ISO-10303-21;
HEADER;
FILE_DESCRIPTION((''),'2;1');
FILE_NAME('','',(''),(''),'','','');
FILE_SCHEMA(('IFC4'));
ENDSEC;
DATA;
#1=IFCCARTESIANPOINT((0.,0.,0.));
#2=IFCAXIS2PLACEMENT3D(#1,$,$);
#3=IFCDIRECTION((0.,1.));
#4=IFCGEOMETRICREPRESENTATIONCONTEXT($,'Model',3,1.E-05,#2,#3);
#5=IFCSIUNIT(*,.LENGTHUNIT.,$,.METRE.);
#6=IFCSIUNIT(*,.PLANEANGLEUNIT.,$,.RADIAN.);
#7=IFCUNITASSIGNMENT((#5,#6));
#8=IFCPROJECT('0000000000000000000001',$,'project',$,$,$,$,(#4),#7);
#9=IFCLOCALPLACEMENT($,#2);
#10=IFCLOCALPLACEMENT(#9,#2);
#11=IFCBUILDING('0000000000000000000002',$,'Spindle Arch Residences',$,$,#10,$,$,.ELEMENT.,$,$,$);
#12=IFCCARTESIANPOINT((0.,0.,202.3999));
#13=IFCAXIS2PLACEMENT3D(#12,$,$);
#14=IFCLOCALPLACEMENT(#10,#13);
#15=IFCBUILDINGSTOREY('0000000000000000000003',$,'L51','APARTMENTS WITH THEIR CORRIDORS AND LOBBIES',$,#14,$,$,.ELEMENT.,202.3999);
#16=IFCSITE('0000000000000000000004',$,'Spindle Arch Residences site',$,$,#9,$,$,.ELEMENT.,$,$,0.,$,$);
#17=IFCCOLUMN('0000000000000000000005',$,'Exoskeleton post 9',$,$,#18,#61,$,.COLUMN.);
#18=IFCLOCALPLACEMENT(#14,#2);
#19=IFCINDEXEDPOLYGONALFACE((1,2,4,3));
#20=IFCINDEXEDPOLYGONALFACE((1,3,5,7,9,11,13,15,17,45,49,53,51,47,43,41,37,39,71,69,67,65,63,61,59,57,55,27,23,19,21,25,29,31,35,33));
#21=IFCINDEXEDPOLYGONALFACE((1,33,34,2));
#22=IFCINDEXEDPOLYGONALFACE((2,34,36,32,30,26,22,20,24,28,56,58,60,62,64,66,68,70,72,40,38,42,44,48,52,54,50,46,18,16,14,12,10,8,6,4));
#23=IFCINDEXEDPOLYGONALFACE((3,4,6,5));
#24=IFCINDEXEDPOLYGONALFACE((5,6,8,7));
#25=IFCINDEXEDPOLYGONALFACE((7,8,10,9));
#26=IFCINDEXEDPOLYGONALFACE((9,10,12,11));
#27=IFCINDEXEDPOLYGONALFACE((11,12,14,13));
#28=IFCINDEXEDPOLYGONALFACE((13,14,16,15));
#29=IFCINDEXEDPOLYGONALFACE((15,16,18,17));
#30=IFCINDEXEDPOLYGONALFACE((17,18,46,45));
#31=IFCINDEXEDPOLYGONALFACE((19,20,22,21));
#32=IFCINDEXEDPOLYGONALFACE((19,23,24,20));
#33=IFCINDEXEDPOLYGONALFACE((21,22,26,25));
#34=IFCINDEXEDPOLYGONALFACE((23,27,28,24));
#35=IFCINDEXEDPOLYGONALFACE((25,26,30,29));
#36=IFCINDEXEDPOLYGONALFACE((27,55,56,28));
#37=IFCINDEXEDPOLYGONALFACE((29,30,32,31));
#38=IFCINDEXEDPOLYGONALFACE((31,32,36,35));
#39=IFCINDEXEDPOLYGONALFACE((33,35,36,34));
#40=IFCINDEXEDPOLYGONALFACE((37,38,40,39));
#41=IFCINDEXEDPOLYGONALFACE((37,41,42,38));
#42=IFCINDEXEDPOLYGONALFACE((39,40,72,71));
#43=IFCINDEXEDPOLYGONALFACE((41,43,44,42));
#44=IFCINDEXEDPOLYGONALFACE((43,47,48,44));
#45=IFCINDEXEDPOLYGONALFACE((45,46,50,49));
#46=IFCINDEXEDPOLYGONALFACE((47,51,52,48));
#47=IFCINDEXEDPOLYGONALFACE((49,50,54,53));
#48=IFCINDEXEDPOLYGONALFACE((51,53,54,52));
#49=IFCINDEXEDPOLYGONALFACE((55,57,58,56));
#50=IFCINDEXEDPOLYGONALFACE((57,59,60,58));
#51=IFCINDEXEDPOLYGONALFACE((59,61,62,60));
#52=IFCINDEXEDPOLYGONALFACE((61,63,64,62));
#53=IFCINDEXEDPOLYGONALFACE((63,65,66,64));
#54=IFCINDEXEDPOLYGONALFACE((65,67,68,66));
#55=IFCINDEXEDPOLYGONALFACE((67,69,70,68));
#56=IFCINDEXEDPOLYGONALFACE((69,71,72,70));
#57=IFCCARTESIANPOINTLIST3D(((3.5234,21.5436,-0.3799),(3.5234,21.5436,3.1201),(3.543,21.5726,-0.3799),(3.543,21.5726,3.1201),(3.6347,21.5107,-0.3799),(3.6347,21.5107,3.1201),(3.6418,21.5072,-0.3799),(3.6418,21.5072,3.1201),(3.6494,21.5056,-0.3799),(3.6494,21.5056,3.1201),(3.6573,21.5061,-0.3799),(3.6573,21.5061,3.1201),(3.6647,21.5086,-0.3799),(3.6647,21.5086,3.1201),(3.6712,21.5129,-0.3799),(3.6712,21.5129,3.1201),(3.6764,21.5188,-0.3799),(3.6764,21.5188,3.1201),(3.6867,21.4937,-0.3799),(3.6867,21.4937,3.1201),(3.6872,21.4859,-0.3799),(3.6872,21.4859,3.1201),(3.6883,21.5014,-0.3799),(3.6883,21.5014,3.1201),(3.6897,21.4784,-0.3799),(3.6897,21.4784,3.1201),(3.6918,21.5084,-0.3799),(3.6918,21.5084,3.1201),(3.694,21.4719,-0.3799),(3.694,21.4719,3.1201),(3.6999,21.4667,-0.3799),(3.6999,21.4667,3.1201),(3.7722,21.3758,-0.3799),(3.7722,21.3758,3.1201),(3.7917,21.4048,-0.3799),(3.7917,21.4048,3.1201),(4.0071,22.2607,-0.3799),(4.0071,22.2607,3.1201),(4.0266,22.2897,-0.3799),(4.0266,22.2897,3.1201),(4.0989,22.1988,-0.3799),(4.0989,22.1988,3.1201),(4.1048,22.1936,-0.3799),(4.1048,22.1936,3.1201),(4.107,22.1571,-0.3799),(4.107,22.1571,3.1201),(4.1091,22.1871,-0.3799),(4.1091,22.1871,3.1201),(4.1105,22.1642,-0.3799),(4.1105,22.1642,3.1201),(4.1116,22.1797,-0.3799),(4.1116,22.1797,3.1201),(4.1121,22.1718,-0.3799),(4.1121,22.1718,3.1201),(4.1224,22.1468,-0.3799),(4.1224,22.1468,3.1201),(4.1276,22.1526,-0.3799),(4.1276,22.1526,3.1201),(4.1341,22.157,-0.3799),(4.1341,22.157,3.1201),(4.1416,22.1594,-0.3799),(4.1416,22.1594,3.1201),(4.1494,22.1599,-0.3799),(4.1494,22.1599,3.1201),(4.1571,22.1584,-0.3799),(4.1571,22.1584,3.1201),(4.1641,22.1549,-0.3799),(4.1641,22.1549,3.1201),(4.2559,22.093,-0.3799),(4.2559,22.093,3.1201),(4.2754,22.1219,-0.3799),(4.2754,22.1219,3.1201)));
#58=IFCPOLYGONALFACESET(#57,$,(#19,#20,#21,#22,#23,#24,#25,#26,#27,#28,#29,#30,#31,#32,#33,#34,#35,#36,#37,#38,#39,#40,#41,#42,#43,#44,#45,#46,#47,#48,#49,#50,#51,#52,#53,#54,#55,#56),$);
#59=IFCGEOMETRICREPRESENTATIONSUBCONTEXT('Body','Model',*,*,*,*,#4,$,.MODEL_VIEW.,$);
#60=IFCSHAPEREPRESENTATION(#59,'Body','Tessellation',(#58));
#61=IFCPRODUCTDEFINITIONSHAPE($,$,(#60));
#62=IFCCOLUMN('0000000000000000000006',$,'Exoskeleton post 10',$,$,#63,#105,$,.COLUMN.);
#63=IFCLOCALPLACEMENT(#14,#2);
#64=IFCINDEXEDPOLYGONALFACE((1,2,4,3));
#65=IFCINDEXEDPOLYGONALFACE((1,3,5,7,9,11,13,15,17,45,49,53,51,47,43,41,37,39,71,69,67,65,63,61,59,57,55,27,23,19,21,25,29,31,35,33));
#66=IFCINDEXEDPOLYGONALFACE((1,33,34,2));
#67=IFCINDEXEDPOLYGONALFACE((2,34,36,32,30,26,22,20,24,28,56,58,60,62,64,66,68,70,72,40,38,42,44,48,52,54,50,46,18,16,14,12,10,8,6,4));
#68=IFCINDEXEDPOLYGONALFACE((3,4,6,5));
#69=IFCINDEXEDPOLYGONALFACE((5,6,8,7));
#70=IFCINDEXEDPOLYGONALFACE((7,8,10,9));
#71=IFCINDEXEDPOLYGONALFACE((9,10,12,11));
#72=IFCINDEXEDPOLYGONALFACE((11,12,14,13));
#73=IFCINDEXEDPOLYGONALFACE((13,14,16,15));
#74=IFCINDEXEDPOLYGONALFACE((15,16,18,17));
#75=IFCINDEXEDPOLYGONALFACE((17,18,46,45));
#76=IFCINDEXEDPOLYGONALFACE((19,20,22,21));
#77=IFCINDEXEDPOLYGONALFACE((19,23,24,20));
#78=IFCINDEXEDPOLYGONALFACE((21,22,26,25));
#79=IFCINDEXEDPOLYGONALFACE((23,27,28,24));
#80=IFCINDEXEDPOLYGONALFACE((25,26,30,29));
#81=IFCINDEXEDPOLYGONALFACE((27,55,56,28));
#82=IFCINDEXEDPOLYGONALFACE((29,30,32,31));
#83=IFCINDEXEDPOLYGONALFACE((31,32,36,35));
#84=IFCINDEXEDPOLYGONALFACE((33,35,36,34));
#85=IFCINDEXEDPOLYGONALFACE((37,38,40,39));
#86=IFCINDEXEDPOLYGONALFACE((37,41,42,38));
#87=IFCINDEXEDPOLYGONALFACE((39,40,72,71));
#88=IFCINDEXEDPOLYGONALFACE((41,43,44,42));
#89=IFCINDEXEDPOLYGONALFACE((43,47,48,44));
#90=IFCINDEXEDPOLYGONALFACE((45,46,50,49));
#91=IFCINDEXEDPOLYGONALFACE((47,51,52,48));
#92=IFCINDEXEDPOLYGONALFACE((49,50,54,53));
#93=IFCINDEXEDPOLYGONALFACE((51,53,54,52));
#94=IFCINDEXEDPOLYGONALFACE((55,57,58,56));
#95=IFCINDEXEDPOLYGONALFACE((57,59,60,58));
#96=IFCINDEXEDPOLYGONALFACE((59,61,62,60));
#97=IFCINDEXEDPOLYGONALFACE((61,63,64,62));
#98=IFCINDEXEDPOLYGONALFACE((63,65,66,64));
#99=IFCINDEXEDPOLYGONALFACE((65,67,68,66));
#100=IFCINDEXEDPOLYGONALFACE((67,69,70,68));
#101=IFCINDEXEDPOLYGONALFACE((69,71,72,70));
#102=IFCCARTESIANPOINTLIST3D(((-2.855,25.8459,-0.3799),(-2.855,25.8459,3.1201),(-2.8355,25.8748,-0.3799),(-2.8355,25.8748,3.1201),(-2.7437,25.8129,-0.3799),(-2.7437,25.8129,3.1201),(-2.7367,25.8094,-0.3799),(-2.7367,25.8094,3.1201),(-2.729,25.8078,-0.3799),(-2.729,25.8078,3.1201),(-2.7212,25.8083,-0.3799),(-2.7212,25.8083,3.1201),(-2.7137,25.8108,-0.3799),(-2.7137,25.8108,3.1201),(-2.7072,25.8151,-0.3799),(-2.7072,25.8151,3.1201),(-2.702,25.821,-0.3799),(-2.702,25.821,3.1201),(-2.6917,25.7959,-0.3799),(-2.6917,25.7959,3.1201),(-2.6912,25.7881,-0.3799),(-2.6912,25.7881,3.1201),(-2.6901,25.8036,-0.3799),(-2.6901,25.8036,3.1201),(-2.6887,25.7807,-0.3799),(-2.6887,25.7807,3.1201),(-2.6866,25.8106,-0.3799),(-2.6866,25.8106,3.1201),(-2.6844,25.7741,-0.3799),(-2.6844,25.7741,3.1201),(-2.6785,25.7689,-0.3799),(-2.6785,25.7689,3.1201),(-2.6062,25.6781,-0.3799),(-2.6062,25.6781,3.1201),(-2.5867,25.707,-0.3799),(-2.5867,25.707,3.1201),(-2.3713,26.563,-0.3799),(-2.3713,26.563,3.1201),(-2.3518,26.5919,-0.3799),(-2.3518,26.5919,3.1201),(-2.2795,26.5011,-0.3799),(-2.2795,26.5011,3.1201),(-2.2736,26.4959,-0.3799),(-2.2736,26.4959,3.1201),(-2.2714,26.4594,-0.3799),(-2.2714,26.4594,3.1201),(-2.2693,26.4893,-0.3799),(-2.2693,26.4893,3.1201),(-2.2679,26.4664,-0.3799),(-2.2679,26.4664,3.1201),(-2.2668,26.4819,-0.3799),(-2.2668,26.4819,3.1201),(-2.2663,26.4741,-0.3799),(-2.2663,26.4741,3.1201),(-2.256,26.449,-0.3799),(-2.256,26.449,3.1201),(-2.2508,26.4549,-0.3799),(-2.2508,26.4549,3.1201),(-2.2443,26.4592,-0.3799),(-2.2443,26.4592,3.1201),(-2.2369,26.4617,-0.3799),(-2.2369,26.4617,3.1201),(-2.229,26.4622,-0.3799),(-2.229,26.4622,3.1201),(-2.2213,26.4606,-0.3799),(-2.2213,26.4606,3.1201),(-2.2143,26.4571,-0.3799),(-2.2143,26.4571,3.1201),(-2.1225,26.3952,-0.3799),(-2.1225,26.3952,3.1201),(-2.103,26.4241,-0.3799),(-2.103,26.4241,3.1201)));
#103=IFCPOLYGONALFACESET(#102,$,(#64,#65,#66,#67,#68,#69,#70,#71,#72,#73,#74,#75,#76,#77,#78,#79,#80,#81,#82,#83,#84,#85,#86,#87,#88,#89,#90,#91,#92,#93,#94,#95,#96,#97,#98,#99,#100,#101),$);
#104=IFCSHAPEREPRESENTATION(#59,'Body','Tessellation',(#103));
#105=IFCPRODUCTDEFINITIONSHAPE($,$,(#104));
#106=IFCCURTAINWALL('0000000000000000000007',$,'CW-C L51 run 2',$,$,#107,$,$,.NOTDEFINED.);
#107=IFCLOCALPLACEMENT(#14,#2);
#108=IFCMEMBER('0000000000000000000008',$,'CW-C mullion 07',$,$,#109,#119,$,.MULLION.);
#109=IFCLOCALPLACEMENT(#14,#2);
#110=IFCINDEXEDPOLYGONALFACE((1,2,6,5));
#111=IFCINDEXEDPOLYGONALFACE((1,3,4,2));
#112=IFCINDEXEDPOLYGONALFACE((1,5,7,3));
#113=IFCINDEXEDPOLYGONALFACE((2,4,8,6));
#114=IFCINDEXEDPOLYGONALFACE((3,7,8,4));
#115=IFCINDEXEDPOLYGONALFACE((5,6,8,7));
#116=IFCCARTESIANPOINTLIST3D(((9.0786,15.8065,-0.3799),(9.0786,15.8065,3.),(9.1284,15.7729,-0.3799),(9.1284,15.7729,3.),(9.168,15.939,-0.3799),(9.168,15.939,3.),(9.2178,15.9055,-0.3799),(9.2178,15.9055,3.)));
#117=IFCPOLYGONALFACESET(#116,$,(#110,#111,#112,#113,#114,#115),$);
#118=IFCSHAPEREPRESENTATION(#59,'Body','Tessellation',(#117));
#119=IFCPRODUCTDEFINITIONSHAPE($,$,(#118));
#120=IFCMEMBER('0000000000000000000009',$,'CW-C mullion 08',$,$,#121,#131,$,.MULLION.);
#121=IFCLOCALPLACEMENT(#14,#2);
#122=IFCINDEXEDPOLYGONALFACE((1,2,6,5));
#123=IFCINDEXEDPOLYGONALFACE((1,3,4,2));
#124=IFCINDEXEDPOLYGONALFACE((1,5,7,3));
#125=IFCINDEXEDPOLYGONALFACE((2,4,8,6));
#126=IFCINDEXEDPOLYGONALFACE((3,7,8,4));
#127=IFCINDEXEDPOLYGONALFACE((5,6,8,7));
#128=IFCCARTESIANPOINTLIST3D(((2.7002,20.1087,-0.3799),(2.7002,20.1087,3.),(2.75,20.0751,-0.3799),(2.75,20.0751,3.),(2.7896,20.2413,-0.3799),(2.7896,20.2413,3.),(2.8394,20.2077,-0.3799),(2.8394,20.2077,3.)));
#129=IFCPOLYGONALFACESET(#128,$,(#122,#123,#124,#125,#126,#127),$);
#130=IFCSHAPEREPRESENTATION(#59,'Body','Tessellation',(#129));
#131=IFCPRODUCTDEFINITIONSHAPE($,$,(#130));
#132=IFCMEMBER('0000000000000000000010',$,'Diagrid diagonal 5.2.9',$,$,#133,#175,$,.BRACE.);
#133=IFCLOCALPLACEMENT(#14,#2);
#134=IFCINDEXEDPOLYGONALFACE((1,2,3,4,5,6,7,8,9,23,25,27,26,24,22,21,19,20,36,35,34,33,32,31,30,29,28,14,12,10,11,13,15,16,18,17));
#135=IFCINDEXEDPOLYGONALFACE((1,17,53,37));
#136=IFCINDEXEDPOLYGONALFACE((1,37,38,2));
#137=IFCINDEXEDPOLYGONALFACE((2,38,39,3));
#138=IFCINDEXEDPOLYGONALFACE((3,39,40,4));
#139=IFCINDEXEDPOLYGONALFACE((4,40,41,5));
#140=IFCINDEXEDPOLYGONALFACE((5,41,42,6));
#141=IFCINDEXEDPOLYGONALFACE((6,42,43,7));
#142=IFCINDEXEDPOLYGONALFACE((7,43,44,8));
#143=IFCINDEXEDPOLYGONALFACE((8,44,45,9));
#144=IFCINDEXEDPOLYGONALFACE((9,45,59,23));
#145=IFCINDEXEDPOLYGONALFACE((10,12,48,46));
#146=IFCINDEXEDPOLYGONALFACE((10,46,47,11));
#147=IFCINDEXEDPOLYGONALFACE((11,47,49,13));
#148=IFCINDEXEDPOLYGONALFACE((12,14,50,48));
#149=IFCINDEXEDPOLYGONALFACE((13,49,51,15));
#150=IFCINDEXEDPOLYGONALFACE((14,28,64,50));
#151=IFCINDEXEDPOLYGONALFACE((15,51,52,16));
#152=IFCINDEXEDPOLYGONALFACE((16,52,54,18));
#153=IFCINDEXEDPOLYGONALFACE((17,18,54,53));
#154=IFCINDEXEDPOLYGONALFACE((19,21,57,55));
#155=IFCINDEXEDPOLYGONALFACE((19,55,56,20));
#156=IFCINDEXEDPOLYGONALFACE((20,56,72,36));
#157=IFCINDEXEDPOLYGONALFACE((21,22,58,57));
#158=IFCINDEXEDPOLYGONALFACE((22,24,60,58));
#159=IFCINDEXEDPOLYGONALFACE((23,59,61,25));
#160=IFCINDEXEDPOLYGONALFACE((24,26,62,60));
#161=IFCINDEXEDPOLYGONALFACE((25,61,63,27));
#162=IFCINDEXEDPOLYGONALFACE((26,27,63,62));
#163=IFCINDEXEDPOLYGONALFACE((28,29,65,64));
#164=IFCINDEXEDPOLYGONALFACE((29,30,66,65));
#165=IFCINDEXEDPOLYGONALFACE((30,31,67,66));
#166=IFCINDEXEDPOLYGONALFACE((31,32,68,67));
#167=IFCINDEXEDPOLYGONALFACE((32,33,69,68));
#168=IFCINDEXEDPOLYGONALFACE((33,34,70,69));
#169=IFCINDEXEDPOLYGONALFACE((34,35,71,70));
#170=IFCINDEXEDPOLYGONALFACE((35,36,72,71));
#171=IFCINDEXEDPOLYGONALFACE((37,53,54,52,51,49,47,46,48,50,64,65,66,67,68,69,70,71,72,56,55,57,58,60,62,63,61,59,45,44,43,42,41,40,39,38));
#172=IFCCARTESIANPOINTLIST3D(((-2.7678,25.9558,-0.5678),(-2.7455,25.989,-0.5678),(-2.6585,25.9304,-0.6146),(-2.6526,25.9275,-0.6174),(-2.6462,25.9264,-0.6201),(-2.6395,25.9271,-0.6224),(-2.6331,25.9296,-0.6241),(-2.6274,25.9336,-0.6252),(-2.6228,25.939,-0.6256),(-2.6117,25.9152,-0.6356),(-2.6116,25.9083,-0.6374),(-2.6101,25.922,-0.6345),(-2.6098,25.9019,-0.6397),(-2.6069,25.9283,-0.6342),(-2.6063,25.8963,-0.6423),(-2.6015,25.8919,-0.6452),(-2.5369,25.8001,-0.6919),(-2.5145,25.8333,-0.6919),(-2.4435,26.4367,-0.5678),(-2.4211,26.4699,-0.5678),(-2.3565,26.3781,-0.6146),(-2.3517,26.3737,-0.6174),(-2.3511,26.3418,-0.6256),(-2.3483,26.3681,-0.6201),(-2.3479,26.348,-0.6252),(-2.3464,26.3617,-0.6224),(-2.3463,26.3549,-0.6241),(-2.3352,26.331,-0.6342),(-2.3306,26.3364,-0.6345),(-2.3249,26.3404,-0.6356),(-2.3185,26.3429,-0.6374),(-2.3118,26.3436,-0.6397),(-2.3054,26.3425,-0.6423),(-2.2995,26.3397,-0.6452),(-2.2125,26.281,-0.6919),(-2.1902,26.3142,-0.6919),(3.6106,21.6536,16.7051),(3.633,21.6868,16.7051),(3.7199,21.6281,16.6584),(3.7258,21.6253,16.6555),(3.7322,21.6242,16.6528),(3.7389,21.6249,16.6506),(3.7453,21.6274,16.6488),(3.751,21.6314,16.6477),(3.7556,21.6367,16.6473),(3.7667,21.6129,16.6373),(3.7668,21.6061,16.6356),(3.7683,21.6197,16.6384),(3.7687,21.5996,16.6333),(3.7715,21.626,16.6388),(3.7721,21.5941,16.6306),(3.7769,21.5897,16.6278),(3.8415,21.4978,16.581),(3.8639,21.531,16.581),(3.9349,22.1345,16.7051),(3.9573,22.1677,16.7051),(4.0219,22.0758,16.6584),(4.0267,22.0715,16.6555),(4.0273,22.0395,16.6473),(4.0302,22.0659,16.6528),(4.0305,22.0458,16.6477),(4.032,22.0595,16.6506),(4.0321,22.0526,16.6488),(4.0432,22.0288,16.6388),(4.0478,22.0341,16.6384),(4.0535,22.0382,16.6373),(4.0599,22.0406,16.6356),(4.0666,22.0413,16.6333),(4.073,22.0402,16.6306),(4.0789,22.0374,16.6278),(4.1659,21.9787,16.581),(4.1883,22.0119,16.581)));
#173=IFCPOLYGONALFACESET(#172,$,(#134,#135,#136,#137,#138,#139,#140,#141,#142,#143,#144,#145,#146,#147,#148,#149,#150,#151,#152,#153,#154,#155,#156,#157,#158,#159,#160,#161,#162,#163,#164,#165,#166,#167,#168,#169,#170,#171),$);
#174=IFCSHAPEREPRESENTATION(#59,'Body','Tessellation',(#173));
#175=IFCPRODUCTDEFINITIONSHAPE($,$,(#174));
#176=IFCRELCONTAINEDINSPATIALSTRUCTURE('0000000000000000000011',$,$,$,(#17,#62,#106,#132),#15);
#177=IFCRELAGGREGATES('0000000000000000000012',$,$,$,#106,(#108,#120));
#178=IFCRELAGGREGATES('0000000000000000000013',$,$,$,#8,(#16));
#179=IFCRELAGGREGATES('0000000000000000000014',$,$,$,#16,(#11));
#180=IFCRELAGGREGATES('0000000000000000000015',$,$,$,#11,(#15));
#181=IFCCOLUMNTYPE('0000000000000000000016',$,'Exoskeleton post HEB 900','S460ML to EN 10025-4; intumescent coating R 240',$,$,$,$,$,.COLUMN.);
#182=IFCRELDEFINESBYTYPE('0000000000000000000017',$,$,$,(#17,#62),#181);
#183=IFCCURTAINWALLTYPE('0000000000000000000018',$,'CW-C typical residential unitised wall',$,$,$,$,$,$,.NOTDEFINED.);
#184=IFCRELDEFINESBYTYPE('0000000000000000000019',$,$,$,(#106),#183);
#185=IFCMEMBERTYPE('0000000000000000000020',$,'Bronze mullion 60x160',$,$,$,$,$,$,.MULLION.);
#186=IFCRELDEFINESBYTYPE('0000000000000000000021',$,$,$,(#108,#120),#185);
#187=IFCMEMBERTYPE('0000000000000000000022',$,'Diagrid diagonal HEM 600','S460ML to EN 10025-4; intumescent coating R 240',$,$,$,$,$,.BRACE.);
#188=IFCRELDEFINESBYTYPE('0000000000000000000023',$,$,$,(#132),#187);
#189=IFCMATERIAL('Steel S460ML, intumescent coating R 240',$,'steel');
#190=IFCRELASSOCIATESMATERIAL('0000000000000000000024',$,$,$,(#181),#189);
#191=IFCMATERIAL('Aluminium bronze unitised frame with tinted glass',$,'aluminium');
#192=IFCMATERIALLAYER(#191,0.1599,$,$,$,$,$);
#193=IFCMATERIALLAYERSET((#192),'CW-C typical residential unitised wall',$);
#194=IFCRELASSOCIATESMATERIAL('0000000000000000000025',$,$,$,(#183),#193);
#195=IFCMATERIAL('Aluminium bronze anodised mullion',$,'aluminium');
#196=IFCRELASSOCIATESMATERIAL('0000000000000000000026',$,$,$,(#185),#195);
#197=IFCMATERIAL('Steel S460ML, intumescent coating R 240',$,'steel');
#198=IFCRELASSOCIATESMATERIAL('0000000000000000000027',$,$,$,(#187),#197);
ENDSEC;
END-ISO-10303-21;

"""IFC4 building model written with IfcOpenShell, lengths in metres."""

from ifc_helpers import new_model, si_unit, direction, frame, origin, origin_2d, place, context, subcontext, project, spatial, rectangle, i_section, extrude, material, layer, layer_set, material_profile, profile_set, type_object, element, aggregate, save


model = new_model("IFC4")

# Units and contexts
model_context = context("Model", 3, precision=1e-05, world=origin(), true_north=direction((0.0, 1.0)))
body_context = subcontext(model_context, "Body", "Model", "MODEL_VIEW")
ifc_project = project(units=[si_unit("LENGTHUNIT", "METRE"), si_unit("PLANEANGLEUNIT", "RADIAN")], contexts=[model_context])

# Site, building, storey
site_placement = place(None, origin())
site = spatial("IfcSite", under=ifc_project, at=site_placement, Name="Spindle Arch Residences site", CompositionType="ELEMENT", RefElevation=0.0)
building_placement = place(site_placement, origin())
building = spatial("IfcBuilding", under=site, at=building_placement, Name="Spindle Arch Residences", CompositionType="ELEMENT")
storey_placement = place(building_placement, frame((0.0, 0.0, 202.3999)))
storey = spatial("IfcBuildingStorey", under=building, at=storey_placement, Name="L51", Description="APARTMENTS WITH THEIR CORRIDORS AND LOBBIES", CompositionType="ELEMENT", Elevation=202.3999)

# Columns
ifc_material_1 = material(Name="Steel S460ML, intumescent coating R 240", Category="steel")
ifc_material_profile_1 = material_profile(ifc_material_1, i_section(OverallWidth=0.3, OverallDepth=0.8999, WebThickness=0.0186, FlangeThickness=0.0349, FilletRadius=0.03, at=origin_2d()), Name="HEB 900")
ifc_profile_set_1 = profile_set([ifc_material_profile_1], Name="Steel S460ML, intumescent coating R 240")
column_type = type_object("IfcColumnType", Name="Exoskeleton post HEB 900", Description="S460ML to EN 10025-4; intumescent coating R 240", PredefinedType="COLUMN", material=ifc_profile_set_1)
for number, where, z_axis, x_axis, name in (
    (1, (3.8994, 21.8328, -0.3799), (0.0, 0.0, 1.0), (0.829038, -0.559193, 0.0), "Exoskeleton post 9"),
    (2, (-2.479, 26.135, -0.3799), (0.0, 0.0, 1.0), (0.829038, -0.559193, 0.0), "Exoskeleton post 10"),
):
    element("IfcColumn", number, at=place(storey_placement, frame(where, z_axis=z_axis, x_axis=x_axis)), inside=storey, type_object=column_type, Name=name, PredefinedType="COLUMN", context=body_context, shape_type="SweptSolid", body=[
        extrude(i_section(OverallWidth=0.3, OverallDepth=0.8999, WebThickness=0.0186, FlangeThickness=0.0349, FilletRadius=0.03, at=origin_2d()), origin(), (0.0, 0.0, 1.0), 3.5),
    ])

# Curtain wall, members
ifc_material_2 = material(Name="Aluminium bronze unitised frame with tinted glass", Category="aluminium")
ifc_layer_1 = layer(ifc_material_2, 0.1599)
ifc_layer_set_1 = layer_set([ifc_layer_1], Name="CW-C typical residential unitised wall")
curtain_wall_type = type_object("IfcCurtainWallType", Name="CW-C typical residential unitised wall", PredefinedType="NOTDEFINED", material=ifc_layer_set_1)
curtain_wall_placement = place(storey_placement, origin())
curtain_wall = element("IfcCurtainWall", 3, at=curtain_wall_placement, inside=storey, type_object=curtain_wall_type, Name="CW-C L51 run 2", PredefinedType="NOTDEFINED")
ifc_material_3 = material(Name="Aluminium bronze anodised mullion", Category="aluminium")
ifc_material_profile_2 = material_profile(ifc_material_3, rectangle(XDim=0.1599, YDim=0.0601, at=origin_2d()), Name="MU 60x160")
ifc_profile_set_2 = profile_set([ifc_material_profile_2], Name="Aluminium bronze anodised mullion")
member_type_1 = type_object("IfcMemberType", Name="Bronze mullion 60x160", PredefinedType="MULLION", material=ifc_profile_set_2)
member_1_placement = place(storey_placement, frame((9.1482, 15.856, -0.3799), z_axis=(0.0, 0.0, 1.0), x_axis=(-0.559193, -0.829038, 0.0)))
member_1 = element("IfcMember", 4, at=member_1_placement, type_object=member_type_1, Name="CW-C mullion 07", PredefinedType="MULLION", context=body_context, shape_type="SweptSolid", body=[
    extrude(rectangle(XDim=0.1599, YDim=0.0601, at=origin_2d()), origin(), (0.0, 0.0, 1.0), 3.3799),
])
member_2_placement = place(storey_placement, frame((2.7698, 20.1582, -0.3799), z_axis=(0.0, 0.0, 1.0), x_axis=(-0.559193, -0.829038, 0.0)))
member_2 = element("IfcMember", 5, at=member_2_placement, type_object=member_type_1, Name="CW-C mullion 08", PredefinedType="MULLION", context=body_context, shape_type="SweptSolid", body=[
    extrude(rectangle(XDim=0.1599, YDim=0.0601, at=origin_2d()), origin(), (0.0, 0.0, 1.0), 3.3799),
])

# Member
ifc_material_4 = material(Name="Steel S460ML, intumescent coating R 240", Category="steel")
ifc_material_profile_3 = material_profile(ifc_material_4, i_section(OverallWidth=0.3049, OverallDepth=0.6201, WebThickness=0.021, FlangeThickness=0.04, FilletRadius=0.0271, at=origin_2d()), Name="HEM 600")
ifc_profile_set_3 = profile_set([ifc_material_profile_3], Name="Steel S460ML, intumescent coating R 240")
member_type_2 = type_object("IfcMemberType", Name="Diagrid diagonal HEM 600", Description="S460ML to EN 10025-4; intumescent coating R 240", PredefinedType="BRACE", material=ifc_profile_set_3)
member_3_placement = place(storey_placement, frame((-2.479, 26.135, -0.6299), z_axis=(0.337323, -0.227524, 0.91348), x_axis=(-0.757312, 0.510807, 0.406883)))
element("IfcMember", 6, at=member_3_placement, inside=storey, type_object=member_type_2, Name="Diagrid diagonal 5.2.9", PredefinedType="BRACE", context=body_context, shape_type="SweptSolid", body=[
    extrude(i_section(OverallWidth=0.3049, OverallDepth=0.6201, WebThickness=0.021, FlangeThickness=0.04, FilletRadius=0.0271, at=origin_2d()), origin(), (0.0, 0.0, 1.0), 18.9089),
])

aggregate(curtain_wall, [member_1, member_2])

save(model, "model.ifc")
